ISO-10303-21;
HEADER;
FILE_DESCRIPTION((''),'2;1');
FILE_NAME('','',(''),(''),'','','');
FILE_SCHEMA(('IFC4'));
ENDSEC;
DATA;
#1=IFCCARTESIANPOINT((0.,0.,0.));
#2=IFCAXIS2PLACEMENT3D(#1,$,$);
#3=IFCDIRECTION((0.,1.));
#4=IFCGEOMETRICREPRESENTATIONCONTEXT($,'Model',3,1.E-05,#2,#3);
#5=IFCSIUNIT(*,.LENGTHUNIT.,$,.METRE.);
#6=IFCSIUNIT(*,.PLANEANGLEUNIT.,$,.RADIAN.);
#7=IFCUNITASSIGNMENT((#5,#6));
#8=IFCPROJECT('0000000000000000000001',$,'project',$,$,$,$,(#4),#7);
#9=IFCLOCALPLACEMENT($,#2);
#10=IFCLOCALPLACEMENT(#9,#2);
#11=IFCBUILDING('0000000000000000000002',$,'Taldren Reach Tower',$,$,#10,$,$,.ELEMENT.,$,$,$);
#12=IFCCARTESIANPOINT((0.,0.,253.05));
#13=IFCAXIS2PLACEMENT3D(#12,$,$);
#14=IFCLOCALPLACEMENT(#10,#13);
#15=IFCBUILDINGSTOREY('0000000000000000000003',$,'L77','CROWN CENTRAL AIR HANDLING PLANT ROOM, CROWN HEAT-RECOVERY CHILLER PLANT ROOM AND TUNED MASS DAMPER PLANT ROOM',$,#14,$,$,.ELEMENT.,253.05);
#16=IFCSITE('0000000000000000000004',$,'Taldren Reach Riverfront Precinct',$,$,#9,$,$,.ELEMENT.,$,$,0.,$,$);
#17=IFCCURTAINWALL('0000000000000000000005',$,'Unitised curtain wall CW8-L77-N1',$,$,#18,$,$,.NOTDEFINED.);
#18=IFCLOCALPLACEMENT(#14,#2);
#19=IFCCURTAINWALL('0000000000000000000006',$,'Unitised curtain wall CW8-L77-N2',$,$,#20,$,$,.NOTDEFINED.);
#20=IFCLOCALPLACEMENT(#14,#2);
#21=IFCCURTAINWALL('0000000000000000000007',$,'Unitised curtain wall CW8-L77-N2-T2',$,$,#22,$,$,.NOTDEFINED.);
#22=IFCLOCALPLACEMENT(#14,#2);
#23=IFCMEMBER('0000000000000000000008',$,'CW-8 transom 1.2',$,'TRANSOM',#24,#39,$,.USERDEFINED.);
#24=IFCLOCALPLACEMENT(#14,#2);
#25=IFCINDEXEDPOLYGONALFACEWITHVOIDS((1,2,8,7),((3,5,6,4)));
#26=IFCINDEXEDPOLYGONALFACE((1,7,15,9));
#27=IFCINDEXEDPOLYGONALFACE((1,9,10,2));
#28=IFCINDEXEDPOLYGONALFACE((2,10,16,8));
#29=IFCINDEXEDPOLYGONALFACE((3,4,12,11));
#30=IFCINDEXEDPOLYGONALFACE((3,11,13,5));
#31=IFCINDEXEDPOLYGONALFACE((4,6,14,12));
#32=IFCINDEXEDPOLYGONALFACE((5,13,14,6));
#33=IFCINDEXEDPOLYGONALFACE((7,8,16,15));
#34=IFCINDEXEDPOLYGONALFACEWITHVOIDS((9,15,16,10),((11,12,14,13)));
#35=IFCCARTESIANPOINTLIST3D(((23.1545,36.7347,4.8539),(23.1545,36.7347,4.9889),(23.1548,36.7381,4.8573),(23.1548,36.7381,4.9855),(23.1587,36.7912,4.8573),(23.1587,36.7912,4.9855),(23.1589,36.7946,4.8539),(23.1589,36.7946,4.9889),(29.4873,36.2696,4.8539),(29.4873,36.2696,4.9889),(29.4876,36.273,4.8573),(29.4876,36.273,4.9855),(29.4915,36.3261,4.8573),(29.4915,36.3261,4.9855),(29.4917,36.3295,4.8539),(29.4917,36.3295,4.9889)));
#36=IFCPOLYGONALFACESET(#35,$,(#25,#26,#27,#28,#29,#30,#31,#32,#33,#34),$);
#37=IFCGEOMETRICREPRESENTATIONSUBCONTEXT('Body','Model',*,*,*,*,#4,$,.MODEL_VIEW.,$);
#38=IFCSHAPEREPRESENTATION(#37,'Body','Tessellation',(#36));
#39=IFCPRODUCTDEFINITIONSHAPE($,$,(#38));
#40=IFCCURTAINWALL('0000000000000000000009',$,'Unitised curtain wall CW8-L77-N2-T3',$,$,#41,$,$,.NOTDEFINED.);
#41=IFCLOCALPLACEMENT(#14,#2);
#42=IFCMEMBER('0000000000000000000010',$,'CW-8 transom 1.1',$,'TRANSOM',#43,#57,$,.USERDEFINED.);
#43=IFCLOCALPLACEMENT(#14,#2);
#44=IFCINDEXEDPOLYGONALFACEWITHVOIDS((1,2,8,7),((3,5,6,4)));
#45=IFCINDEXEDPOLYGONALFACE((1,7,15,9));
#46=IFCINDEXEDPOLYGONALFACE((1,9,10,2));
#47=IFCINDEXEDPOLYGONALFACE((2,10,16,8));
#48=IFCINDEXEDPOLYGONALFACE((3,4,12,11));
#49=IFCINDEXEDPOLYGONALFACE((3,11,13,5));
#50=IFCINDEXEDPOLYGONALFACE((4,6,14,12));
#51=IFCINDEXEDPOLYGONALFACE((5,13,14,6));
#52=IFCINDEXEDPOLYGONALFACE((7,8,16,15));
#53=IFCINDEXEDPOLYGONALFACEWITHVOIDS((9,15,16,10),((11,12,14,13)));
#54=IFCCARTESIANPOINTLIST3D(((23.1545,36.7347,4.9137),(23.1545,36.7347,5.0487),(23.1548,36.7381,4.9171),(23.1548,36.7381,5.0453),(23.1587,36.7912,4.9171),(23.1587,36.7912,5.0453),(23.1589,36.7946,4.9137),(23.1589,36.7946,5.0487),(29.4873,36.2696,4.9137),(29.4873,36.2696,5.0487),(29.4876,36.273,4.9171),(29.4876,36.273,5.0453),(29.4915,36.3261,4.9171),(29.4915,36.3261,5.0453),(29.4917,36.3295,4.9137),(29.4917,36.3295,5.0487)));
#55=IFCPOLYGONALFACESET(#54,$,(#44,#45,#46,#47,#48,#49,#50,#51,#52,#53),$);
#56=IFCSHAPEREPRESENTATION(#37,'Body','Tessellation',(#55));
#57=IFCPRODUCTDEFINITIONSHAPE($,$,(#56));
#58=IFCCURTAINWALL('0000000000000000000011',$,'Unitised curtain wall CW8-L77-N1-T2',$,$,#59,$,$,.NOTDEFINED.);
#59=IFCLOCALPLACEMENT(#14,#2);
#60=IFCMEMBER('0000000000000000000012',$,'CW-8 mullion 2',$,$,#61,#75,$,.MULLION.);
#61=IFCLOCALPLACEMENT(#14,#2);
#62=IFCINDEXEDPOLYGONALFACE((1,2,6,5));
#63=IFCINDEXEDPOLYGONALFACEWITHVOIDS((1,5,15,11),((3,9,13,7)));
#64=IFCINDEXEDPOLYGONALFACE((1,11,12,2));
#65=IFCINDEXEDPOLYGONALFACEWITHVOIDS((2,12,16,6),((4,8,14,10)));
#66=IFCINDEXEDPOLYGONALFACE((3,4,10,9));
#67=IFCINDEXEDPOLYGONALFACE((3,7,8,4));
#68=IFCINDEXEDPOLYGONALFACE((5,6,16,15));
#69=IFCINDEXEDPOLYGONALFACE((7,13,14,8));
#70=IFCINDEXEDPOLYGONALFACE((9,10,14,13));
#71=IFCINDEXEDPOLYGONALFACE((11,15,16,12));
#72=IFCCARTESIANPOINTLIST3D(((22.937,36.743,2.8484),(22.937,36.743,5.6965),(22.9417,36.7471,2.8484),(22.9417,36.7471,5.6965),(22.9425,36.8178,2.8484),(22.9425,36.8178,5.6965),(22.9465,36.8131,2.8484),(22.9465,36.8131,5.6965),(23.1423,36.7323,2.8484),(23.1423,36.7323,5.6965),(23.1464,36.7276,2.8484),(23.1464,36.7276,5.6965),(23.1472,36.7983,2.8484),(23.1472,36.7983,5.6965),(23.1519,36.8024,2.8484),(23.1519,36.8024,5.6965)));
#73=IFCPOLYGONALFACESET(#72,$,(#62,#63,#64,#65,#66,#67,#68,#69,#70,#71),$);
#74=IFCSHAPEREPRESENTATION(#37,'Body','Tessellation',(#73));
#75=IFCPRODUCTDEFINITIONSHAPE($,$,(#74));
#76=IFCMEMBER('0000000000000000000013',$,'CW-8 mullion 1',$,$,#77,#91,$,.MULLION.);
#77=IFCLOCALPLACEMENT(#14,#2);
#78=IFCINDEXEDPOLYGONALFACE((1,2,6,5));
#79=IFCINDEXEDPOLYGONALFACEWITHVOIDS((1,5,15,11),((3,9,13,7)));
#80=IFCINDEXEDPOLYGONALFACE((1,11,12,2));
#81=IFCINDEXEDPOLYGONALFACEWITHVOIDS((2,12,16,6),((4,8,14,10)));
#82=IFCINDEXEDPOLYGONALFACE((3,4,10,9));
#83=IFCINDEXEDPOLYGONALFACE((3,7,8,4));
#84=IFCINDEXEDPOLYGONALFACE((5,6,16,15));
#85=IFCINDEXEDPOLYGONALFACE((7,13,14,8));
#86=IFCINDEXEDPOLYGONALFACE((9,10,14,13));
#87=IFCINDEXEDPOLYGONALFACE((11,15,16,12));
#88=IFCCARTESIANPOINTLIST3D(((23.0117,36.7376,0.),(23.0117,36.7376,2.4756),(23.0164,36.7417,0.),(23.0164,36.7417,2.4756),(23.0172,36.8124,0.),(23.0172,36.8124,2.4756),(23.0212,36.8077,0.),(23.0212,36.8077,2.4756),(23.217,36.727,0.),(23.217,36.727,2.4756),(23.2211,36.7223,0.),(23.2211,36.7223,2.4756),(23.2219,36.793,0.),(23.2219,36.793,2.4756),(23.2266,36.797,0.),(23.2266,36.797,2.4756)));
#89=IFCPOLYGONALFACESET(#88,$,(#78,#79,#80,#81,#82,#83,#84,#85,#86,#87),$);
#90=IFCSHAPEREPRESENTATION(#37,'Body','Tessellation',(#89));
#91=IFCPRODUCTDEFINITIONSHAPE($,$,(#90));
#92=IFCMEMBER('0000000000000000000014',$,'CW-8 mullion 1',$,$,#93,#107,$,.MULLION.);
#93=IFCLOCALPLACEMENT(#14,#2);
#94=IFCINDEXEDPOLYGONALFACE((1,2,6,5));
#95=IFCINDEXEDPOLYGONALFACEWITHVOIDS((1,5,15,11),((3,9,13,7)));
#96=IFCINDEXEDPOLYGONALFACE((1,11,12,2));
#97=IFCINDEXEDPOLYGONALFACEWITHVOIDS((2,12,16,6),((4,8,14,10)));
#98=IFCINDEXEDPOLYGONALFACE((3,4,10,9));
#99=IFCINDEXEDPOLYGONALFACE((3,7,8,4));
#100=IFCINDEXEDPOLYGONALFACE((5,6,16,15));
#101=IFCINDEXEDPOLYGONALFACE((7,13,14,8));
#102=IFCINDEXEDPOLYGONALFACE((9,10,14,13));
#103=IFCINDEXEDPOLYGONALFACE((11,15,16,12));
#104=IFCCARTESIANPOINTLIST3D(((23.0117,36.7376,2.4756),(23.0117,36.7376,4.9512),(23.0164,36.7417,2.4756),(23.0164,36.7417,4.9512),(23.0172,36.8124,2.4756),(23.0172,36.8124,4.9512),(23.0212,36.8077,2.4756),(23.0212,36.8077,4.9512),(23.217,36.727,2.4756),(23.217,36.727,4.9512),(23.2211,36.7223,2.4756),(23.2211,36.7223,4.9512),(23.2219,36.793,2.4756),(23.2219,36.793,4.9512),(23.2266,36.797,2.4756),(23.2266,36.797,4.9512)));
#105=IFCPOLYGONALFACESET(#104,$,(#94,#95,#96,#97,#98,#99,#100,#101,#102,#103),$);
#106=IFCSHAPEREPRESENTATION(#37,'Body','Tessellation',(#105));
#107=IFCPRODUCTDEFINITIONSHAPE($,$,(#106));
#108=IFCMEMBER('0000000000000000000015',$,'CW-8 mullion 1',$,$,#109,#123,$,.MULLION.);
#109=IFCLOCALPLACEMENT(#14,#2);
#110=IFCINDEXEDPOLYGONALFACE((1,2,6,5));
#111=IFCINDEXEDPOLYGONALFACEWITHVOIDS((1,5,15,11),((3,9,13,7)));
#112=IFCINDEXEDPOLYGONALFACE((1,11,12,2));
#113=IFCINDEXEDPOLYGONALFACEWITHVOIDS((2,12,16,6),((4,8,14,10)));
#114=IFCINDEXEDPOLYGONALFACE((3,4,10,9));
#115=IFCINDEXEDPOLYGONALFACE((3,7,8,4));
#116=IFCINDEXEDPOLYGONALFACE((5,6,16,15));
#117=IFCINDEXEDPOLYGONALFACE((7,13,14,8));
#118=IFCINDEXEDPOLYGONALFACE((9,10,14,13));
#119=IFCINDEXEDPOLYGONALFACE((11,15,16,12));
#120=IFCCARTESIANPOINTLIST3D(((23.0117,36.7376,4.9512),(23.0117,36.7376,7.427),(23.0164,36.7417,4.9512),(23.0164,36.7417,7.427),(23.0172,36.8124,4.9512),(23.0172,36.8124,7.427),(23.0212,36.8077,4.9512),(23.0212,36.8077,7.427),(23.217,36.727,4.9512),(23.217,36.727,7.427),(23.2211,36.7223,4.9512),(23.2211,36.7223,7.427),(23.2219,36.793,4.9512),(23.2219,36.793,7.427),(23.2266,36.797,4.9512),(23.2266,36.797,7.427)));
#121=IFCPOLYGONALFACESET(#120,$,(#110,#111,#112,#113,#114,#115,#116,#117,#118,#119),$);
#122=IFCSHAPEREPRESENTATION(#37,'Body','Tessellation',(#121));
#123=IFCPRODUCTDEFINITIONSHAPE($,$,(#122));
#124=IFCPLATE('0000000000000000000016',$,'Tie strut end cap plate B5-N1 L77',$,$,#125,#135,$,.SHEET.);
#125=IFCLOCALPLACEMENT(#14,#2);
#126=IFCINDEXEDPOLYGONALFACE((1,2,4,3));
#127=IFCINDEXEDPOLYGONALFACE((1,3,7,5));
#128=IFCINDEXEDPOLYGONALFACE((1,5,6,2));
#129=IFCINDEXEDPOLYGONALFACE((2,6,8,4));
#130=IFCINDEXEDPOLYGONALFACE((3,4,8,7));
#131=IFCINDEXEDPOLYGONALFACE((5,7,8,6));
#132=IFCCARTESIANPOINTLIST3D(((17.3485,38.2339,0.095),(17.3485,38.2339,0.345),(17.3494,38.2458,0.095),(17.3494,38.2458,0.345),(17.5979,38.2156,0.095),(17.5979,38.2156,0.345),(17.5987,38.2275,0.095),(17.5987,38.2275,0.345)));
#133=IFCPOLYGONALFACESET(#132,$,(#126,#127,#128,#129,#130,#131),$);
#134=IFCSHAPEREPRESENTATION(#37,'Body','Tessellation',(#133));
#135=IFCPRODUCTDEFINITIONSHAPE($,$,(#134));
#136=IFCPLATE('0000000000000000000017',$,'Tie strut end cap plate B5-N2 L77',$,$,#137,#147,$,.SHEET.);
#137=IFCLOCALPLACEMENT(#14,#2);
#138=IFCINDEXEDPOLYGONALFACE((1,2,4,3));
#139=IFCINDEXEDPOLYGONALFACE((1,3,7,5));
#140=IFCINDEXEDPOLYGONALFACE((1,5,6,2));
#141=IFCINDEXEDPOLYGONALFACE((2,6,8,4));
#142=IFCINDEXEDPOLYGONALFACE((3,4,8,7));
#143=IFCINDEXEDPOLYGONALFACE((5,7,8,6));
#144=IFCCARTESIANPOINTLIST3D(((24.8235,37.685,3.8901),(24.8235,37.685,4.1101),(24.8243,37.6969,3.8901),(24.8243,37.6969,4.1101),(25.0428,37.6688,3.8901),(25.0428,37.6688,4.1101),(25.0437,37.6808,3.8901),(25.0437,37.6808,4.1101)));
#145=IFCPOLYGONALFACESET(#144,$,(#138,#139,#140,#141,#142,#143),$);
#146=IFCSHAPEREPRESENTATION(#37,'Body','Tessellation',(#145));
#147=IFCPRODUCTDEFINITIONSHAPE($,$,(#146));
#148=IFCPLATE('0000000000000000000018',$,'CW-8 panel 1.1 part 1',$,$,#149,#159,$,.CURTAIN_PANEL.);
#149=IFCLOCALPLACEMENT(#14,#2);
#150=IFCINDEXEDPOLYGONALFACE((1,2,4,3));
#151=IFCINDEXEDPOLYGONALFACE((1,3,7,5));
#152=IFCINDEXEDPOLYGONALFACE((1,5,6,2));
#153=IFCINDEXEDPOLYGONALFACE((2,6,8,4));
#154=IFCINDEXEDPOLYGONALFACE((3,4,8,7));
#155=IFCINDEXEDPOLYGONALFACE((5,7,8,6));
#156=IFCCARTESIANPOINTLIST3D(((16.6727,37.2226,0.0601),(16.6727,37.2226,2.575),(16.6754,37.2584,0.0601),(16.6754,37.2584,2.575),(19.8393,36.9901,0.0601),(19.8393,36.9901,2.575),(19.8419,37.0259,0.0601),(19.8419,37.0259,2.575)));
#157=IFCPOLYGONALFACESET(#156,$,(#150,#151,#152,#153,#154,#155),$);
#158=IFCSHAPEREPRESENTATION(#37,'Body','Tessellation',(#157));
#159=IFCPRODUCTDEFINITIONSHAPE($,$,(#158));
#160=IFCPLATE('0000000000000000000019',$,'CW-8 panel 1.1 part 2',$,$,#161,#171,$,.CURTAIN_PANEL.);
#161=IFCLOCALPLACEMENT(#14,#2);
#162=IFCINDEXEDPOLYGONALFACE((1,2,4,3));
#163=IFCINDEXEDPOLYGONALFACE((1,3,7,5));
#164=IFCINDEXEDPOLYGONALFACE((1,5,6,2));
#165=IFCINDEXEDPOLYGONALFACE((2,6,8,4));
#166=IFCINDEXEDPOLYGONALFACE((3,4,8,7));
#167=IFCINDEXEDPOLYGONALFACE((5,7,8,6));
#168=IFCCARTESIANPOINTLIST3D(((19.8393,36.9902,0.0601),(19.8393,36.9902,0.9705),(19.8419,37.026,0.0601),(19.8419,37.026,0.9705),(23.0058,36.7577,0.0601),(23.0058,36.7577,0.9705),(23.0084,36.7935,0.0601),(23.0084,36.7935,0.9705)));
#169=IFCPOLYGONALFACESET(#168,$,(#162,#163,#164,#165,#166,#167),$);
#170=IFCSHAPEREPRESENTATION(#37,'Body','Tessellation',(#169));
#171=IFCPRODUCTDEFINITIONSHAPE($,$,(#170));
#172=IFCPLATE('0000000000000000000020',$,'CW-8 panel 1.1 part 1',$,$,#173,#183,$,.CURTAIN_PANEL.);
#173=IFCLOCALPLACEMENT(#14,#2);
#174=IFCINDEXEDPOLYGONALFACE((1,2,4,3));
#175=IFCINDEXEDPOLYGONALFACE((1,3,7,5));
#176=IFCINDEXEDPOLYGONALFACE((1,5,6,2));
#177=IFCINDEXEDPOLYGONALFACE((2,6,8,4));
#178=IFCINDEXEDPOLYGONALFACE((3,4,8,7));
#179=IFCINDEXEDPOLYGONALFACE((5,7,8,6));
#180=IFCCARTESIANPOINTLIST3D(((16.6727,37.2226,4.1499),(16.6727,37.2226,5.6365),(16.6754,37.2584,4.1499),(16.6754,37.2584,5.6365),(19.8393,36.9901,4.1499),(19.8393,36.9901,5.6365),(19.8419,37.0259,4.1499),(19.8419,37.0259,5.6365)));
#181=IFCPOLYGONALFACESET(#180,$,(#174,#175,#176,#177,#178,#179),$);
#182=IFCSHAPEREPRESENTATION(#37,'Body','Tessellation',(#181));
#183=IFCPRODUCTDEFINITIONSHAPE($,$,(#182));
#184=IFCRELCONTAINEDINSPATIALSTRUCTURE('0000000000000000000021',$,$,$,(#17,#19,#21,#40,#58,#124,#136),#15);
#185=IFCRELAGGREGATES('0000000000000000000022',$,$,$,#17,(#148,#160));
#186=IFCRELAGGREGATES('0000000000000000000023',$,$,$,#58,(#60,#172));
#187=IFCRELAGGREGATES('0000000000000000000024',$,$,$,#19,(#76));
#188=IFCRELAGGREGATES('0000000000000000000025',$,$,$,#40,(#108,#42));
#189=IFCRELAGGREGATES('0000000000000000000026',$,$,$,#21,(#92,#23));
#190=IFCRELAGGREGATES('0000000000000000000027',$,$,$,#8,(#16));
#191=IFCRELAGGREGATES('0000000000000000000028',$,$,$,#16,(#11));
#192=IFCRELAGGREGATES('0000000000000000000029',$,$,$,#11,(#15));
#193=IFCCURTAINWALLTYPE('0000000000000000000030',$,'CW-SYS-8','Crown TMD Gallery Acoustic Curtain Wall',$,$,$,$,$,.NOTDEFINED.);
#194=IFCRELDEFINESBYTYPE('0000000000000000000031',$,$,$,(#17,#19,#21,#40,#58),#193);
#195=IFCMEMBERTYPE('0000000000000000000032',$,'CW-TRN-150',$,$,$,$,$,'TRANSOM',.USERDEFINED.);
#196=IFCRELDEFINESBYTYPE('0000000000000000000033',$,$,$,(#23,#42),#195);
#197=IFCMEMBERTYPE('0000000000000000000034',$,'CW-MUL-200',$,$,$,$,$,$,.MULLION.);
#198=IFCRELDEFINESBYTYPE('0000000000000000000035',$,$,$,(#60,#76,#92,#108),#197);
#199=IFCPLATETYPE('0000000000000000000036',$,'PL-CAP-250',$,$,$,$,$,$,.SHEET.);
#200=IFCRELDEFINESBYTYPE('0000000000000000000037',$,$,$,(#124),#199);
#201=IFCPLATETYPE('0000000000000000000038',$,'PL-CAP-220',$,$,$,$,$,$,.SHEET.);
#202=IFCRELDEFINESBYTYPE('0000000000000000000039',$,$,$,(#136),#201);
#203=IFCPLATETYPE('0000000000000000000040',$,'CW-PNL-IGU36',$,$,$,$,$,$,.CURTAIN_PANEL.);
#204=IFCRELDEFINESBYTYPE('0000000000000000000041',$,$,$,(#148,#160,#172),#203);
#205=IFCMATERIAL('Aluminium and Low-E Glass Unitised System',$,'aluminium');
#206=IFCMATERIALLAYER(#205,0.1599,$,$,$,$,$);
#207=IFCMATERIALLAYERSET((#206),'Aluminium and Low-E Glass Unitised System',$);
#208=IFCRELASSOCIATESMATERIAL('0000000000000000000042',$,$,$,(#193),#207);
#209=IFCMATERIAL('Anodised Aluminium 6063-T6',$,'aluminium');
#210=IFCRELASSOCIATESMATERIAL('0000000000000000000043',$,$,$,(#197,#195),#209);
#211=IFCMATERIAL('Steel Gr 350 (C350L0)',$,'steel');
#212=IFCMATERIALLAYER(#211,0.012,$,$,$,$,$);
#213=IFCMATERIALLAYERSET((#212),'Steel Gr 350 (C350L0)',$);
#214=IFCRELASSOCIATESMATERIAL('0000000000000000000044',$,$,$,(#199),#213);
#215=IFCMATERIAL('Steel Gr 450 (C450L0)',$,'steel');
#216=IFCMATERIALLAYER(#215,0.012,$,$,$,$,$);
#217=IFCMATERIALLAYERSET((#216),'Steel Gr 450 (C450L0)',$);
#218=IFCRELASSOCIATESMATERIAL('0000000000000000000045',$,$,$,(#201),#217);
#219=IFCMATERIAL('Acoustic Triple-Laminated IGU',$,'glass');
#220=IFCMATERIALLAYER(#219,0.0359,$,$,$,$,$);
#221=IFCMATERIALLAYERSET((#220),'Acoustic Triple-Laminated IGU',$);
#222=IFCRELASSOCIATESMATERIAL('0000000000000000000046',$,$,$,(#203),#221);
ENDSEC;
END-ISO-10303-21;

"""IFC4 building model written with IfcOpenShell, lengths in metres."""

from ifc_helpers import new_model, si_unit, direction, frame, origin, origin_2d, place, context, subcontext, project, spatial, rectangle, hollow_rectangle, extrude, source, transform, mapped, material, layer, layer_set, material_profile, profile_set, type_object, element, aggregate, save


model = new_model("IFC4")

# Units and contexts
model_context = context("Model", 3, precision=1e-05, world=origin(), true_north=direction((0.0, 1.0)))
body_context = subcontext(model_context, "Body", "Model", "MODEL_VIEW")
ifc_project = project(units=[si_unit("LENGTHUNIT", "METRE"), si_unit("PLANEANGLEUNIT", "RADIAN")], contexts=[model_context])

# Site, building, storey
site_placement = place(None, origin())
site = spatial("IfcSite", under=ifc_project, at=site_placement, Name="Taldren Reach Riverfront Precinct", CompositionType="ELEMENT", RefElevation=0.0)
building_placement = place(site_placement, origin())
building = spatial("IfcBuilding", under=site, at=building_placement, Name="Taldren Reach Tower", CompositionType="ELEMENT")
storey_placement = place(building_placement, frame((0.0, 0.0, 253.05)))
storey = spatial("IfcBuildingStorey", under=building, at=storey_placement, Name="L77", Description="CROWN CENTRAL AIR HANDLING PLANT ROOM, CROWN HEAT-RECOVERY CHILLER PLANT ROOM AND TUNED MASS DAMPER PLANT ROOM", CompositionType="ELEMENT", Elevation=253.05)

# Shared definitions
ifc_material_1 = material(Name="Steel Gr 350 (C350L0)", Category="steel")
ifc_material_2 = material(Name="Steel Gr 450 (C450L0)", Category="steel")

# Curtain wall
ifc_material_3 = material(Name="Aluminium and Low-E Glass Unitised System", Category="aluminium")
ifc_layer_1 = layer(ifc_material_3, 0.1599)
ifc_layer_set_1 = layer_set([ifc_layer_1], Name="Aluminium and Low-E Glass Unitised System")
curtain_wall_type = type_object("IfcCurtainWallType", Name="CW-SYS-8", Description="Crown TMD Gallery Acoustic Curtain Wall", PredefinedType="NOTDEFINED", material=ifc_layer_set_1)
curtain_wall_1_placement = place(storey_placement, origin())
curtain_wall_1 = element("IfcCurtainWall", 1, at=curtain_wall_1_placement, inside=storey, type_object=curtain_wall_type, Name="Unitised curtain wall CW8-L77-N1", PredefinedType="NOTDEFINED")
ifc_material_4 = material(Name="Anodised Aluminium 6063-T6", Category="aluminium")
ifc_material_profile_1 = material_profile(ifc_material_4, hollow_rectangle(XDim=0.075, YDim=0.21, WallThickness=0.0044, at=origin_2d()), Name="ALU-210x75x4.5RHS")
ifc_profile_set_1 = profile_set([ifc_material_profile_1], Name="Anodised Aluminium 6063-T6")
member_type_1 = type_object("IfcMemberType", Name="CW-MUL-200", PredefinedType="MULLION", material=ifc_profile_set_1)

# Curtain walls, member
curtain_wall_2_placement = place(storey_placement, origin())
curtain_wall_2 = element("IfcCurtainWall", 2, at=curtain_wall_2_placement, inside=storey, type_object=curtain_wall_type, Name="Unitised curtain wall CW8-L77-N2", PredefinedType="NOTDEFINED")
ifc_material_profile_2 = material_profile(ifc_material_4, hollow_rectangle(XDim=0.0601, YDim=0.135, WallThickness=0.0034, at=origin_2d()), Name="ALU-135x60x3.5RHS")
ifc_profile_set_2 = profile_set([ifc_material_profile_2], Name="Anodised Aluminium 6063-T6")
member_type_2 = type_object("IfcMemberType", Name="CW-TRN-150", ElementType="TRANSOM", PredefinedType="USERDEFINED", material=ifc_profile_set_2)
shared_shape_1 = source(origin(), body_context, "Body", "SweptSolid", [
    extrude(hollow_rectangle(XDim=0.0601, YDim=0.135, WallThickness=0.0034, at=origin_2d()), origin(), (0.0, 0.0, 1.0), 6.3499),
])
curtain_wall_3_placement = place(storey_placement, origin())
curtain_wall_3 = element("IfcCurtainWall", 3, at=curtain_wall_3_placement, inside=storey, type_object=curtain_wall_type, Name="Unitised curtain wall CW8-L77-N2-T2", PredefinedType="NOTDEFINED")
member_1_placement = place(storey_placement, frame((23.1567, 36.7646, 4.9214), z_axis=(0.997314, -0.073244, 0.0), x_axis=(0.073244, 0.997314, 0.0)))
member_1 = element("IfcMember", 4, at=member_1_placement, type_object=member_type_2, Name="CW-8 transom 1.2", ObjectType="TRANSOM", PredefinedType="USERDEFINED", context=body_context, shape_type="MappedRepresentation", body=[
    mapped(shared_shape_1, transform((0.0, 0.0, 0.0), scale=1.0)),
])

# Curtain walls, members
curtain_wall_4_placement = place(storey_placement, origin())
curtain_wall_4 = element("IfcCurtainWall", 5, at=curtain_wall_4_placement, inside=storey, type_object=curtain_wall_type, Name="Unitised curtain wall CW8-L77-N2-T3", PredefinedType="NOTDEFINED")
member_2_placement = place(storey_placement, frame((23.1567, 36.7646, 4.9812), z_axis=(0.997314, -0.073244, 0.0), x_axis=(0.073244, 0.997314, 0.0)))
member_2 = element("IfcMember", 6, at=member_2_placement, type_object=member_type_2, Name="CW-8 transom 1.1", ObjectType="TRANSOM", PredefinedType="USERDEFINED", context=body_context, shape_type="MappedRepresentation", body=[
    mapped(shared_shape_1, transform((0.0, 0.0, 0.0), scale=1.0)),
])
curtain_wall_5_placement = place(storey_placement, origin())
curtain_wall_5 = element("IfcCurtainWall", 7, at=curtain_wall_5_placement, inside=storey, type_object=curtain_wall_type, Name="Unitised curtain wall CW8-L77-N1-T2", PredefinedType="NOTDEFINED")
shared_shape_2 = source(origin(), body_context, "Body", "SweptSolid", [
    extrude(hollow_rectangle(XDim=0.075, YDim=0.21, WallThickness=0.0044, at=origin_2d()), origin(), (0.0, 0.0, 1.0), 2.8481),
])
member_3_placement = place(storey_placement, frame((23.0444, 36.7727, 2.8484), z_axis=(0.0, 0.0, 1.0), x_axis=(0.073239, 0.997314, 0.0)))
member_3 = element("IfcMember", 8, at=member_3_placement, type_object=member_type_1, Name="CW-8 mullion 2", PredefinedType="MULLION", context=body_context, shape_type="MappedRepresentation", body=[
    mapped(shared_shape_2, transform((0.0, 0.0, 0.0), scale=1.0)),
])

# Members
shared_shape_3 = source(origin(), body_context, "Body", "SweptSolid", [
    extrude(hollow_rectangle(XDim=0.075, YDim=0.21, WallThickness=0.0044, at=origin_2d()), origin(), (0.0, 0.0, 1.0), 2.4756),
])
member_4_placement = place(storey_placement, frame((23.1191, 36.7673, 0.0), z_axis=(0.0, 0.0, 1.0), x_axis=(0.073238, 0.997314, 0.0)))
member_4 = element("IfcMember", 9, at=member_4_placement, type_object=member_type_1, Name="CW-8 mullion 1", PredefinedType="MULLION", context=body_context, shape_type="MappedRepresentation", body=[
    mapped(shared_shape_3, transform((0.0, 0.0, 0.0), scale=1.0)),
])
member_5_placement = place(storey_placement, frame((23.1191, 36.7673, 2.4756), z_axis=(0.0, 0.0, 1.0), x_axis=(0.073238, 0.997314, 0.0)))
member_5 = element("IfcMember", 10, at=member_5_placement, type_object=member_type_1, Name="CW-8 mullion 1", PredefinedType="MULLION", context=body_context, shape_type="MappedRepresentation", body=[
    mapped(shared_shape_3, transform((0.0, 0.0, 0.0), scale=1.0)),
])
shared_shape_4 = source(origin(), body_context, "Body", "SweptSolid", [
    extrude(hollow_rectangle(XDim=0.075, YDim=0.21, WallThickness=0.0044, at=origin_2d()), origin(), (0.0, 0.0, 1.0), 2.4758),
])
member_6_placement = place(storey_placement, frame((23.1191, 36.7673, 4.9512), z_axis=(0.0, 0.0, 1.0), x_axis=(0.073238, 0.997314, 0.0)))
member_6 = element("IfcMember", 11, at=member_6_placement, type_object=member_type_1, Name="CW-8 mullion 1", PredefinedType="MULLION", context=body_context, shape_type="MappedRepresentation", body=[
    mapped(shared_shape_4, transform((0.0, 0.0, 0.0), scale=1.0)),
])

# Plates
ifc_layer_2 = layer(ifc_material_1, 0.012)
ifc_layer_set_2 = layer_set([ifc_layer_2], Name="Steel Gr 350 (C350L0)")
plate_type_1 = type_object("IfcPlateType", Name="PL-CAP-250", PredefinedType="SHEET", material=ifc_layer_set_2)
shared_shape_5 = source(origin(), body_context, "Body", "SweptSolid", [
    extrude(rectangle(XDim=0.25, YDim=0.012, at=origin_2d()), origin(), (0.0, 0.0, 1.0), 0.25),
])
plate_1_placement = place(storey_placement, frame((17.4736, 38.2307, 0.095), z_axis=(0.0, 0.0, 1.0), x_axis=(0.997314, -0.073238, 0.0)))
element("IfcPlate", 12, at=plate_1_placement, inside=storey, type_object=plate_type_1, Name="Tie strut end cap plate B5-N1 L77", PredefinedType="SHEET", context=body_context, shape_type="MappedRepresentation", body=[
    mapped(shared_shape_5, transform((0.0, 0.0, 0.0), scale=1.0)),
])
ifc_layer_3 = layer(ifc_material_2, 0.012)
ifc_layer_set_3 = layer_set([ifc_layer_3], Name="Steel Gr 450 (C450L0)")
plate_type_2 = type_object("IfcPlateType", Name="PL-CAP-220", PredefinedType="SHEET", material=ifc_layer_set_3)
shared_shape_6 = source(origin(), body_context, "Body", "SweptSolid", [
    extrude(rectangle(XDim=0.22, YDim=0.012, at=origin_2d()), origin(), (0.0, 0.0, 1.0), 0.22),
])
plate_2_placement = place(storey_placement, frame((24.9336, 37.6829, 3.8901), z_axis=(0.0, 0.0, 1.0), x_axis=(0.997314, -0.073238, 0.0)))
element("IfcPlate", 13, at=plate_2_placement, inside=storey, type_object=plate_type_2, Name="Tie strut end cap plate B5-N2 L77", PredefinedType="SHEET", context=body_context, shape_type="MappedRepresentation", body=[
    mapped(shared_shape_6, transform((0.0, 0.0, 0.0), scale=1.0)),
])

# Plates
ifc_material_5 = material(Name="Acoustic Triple-Laminated IGU", Category="glass")
ifc_layer_4 = layer(ifc_material_5, 0.0359)
ifc_layer_set_4 = layer_set([ifc_layer_4], Name="Acoustic Triple-Laminated IGU")
plate_type_3 = type_object("IfcPlateType", Name="CW-PNL-IGU36", PredefinedType="CURTAIN_PANEL", material=ifc_layer_set_4)
shared_shape_7 = source(origin(), body_context, "Body", "SweptSolid", [
    extrude(rectangle(XDim=3.175, YDim=0.0359, at=origin_2d()), origin(), (0.0, 0.0, 1.0), 2.5149),
])
plate_3_placement = place(storey_placement, frame((18.2573, 37.1243, 0.0601), z_axis=(0.0, 0.0, 1.0), x_axis=(0.997314, -0.073239, 0.0)))
plate_3 = element("IfcPlate", 14, at=plate_3_placement, type_object=plate_type_3, Name="CW-8 panel 1.1 part 1", PredefinedType="CURTAIN_PANEL", context=body_context, shape_type="MappedRepresentation", body=[
    mapped(shared_shape_7, transform((0.0, 0.0, 0.0), scale=1.0)),
])
shared_shape_8 = source(origin(), body_context, "Body", "SweptSolid", [
    extrude(rectangle(XDim=3.175, YDim=0.0359, at=origin_2d()), origin(), (0.0, 0.0, 1.0), 0.9104),
])
plate_4_placement = place(storey_placement, frame((21.4238, 36.8918, 0.0601), z_axis=(0.0, 0.0, 1.0), x_axis=(0.997314, -0.073239, 0.0)))
plate_4 = element("IfcPlate", 15, at=plate_4_placement, type_object=plate_type_3, Name="CW-8 panel 1.1 part 2", PredefinedType="CURTAIN_PANEL", context=body_context, shape_type="MappedRepresentation", body=[
    mapped(shared_shape_8, transform((0.0, 0.0, 0.0), scale=1.0)),
])
aggregate(curtain_wall_1, [plate_3, plate_4])
shared_shape_9 = source(origin(), body_context, "Body", "SweptSolid", [
    extrude(rectangle(XDim=3.175, YDim=0.0359, at=origin_2d()), origin(), (0.0, 0.0, 1.0), 1.4866),
])
plate_5_placement = place(storey_placement, frame((18.2573, 37.1243, 4.1499), z_axis=(0.0, 0.0, 1.0), x_axis=(0.997314, -0.073239, 0.0)))
plate_5 = element("IfcPlate", 16, at=plate_5_placement, type_object=plate_type_3, Name="CW-8 panel 1.1 part 1", PredefinedType="CURTAIN_PANEL", context=body_context, shape_type="MappedRepresentation", body=[
    mapped(shared_shape_9, transform((0.0, 0.0, 0.0), scale=1.0)),
])
aggregate(curtain_wall_5, [member_3, plate_5])
aggregate(curtain_wall_2, [member_4])
aggregate(curtain_wall_4, [member_6, member_2])
aggregate(curtain_wall_3, [member_5, member_1])

save(model, "model.ifc")
